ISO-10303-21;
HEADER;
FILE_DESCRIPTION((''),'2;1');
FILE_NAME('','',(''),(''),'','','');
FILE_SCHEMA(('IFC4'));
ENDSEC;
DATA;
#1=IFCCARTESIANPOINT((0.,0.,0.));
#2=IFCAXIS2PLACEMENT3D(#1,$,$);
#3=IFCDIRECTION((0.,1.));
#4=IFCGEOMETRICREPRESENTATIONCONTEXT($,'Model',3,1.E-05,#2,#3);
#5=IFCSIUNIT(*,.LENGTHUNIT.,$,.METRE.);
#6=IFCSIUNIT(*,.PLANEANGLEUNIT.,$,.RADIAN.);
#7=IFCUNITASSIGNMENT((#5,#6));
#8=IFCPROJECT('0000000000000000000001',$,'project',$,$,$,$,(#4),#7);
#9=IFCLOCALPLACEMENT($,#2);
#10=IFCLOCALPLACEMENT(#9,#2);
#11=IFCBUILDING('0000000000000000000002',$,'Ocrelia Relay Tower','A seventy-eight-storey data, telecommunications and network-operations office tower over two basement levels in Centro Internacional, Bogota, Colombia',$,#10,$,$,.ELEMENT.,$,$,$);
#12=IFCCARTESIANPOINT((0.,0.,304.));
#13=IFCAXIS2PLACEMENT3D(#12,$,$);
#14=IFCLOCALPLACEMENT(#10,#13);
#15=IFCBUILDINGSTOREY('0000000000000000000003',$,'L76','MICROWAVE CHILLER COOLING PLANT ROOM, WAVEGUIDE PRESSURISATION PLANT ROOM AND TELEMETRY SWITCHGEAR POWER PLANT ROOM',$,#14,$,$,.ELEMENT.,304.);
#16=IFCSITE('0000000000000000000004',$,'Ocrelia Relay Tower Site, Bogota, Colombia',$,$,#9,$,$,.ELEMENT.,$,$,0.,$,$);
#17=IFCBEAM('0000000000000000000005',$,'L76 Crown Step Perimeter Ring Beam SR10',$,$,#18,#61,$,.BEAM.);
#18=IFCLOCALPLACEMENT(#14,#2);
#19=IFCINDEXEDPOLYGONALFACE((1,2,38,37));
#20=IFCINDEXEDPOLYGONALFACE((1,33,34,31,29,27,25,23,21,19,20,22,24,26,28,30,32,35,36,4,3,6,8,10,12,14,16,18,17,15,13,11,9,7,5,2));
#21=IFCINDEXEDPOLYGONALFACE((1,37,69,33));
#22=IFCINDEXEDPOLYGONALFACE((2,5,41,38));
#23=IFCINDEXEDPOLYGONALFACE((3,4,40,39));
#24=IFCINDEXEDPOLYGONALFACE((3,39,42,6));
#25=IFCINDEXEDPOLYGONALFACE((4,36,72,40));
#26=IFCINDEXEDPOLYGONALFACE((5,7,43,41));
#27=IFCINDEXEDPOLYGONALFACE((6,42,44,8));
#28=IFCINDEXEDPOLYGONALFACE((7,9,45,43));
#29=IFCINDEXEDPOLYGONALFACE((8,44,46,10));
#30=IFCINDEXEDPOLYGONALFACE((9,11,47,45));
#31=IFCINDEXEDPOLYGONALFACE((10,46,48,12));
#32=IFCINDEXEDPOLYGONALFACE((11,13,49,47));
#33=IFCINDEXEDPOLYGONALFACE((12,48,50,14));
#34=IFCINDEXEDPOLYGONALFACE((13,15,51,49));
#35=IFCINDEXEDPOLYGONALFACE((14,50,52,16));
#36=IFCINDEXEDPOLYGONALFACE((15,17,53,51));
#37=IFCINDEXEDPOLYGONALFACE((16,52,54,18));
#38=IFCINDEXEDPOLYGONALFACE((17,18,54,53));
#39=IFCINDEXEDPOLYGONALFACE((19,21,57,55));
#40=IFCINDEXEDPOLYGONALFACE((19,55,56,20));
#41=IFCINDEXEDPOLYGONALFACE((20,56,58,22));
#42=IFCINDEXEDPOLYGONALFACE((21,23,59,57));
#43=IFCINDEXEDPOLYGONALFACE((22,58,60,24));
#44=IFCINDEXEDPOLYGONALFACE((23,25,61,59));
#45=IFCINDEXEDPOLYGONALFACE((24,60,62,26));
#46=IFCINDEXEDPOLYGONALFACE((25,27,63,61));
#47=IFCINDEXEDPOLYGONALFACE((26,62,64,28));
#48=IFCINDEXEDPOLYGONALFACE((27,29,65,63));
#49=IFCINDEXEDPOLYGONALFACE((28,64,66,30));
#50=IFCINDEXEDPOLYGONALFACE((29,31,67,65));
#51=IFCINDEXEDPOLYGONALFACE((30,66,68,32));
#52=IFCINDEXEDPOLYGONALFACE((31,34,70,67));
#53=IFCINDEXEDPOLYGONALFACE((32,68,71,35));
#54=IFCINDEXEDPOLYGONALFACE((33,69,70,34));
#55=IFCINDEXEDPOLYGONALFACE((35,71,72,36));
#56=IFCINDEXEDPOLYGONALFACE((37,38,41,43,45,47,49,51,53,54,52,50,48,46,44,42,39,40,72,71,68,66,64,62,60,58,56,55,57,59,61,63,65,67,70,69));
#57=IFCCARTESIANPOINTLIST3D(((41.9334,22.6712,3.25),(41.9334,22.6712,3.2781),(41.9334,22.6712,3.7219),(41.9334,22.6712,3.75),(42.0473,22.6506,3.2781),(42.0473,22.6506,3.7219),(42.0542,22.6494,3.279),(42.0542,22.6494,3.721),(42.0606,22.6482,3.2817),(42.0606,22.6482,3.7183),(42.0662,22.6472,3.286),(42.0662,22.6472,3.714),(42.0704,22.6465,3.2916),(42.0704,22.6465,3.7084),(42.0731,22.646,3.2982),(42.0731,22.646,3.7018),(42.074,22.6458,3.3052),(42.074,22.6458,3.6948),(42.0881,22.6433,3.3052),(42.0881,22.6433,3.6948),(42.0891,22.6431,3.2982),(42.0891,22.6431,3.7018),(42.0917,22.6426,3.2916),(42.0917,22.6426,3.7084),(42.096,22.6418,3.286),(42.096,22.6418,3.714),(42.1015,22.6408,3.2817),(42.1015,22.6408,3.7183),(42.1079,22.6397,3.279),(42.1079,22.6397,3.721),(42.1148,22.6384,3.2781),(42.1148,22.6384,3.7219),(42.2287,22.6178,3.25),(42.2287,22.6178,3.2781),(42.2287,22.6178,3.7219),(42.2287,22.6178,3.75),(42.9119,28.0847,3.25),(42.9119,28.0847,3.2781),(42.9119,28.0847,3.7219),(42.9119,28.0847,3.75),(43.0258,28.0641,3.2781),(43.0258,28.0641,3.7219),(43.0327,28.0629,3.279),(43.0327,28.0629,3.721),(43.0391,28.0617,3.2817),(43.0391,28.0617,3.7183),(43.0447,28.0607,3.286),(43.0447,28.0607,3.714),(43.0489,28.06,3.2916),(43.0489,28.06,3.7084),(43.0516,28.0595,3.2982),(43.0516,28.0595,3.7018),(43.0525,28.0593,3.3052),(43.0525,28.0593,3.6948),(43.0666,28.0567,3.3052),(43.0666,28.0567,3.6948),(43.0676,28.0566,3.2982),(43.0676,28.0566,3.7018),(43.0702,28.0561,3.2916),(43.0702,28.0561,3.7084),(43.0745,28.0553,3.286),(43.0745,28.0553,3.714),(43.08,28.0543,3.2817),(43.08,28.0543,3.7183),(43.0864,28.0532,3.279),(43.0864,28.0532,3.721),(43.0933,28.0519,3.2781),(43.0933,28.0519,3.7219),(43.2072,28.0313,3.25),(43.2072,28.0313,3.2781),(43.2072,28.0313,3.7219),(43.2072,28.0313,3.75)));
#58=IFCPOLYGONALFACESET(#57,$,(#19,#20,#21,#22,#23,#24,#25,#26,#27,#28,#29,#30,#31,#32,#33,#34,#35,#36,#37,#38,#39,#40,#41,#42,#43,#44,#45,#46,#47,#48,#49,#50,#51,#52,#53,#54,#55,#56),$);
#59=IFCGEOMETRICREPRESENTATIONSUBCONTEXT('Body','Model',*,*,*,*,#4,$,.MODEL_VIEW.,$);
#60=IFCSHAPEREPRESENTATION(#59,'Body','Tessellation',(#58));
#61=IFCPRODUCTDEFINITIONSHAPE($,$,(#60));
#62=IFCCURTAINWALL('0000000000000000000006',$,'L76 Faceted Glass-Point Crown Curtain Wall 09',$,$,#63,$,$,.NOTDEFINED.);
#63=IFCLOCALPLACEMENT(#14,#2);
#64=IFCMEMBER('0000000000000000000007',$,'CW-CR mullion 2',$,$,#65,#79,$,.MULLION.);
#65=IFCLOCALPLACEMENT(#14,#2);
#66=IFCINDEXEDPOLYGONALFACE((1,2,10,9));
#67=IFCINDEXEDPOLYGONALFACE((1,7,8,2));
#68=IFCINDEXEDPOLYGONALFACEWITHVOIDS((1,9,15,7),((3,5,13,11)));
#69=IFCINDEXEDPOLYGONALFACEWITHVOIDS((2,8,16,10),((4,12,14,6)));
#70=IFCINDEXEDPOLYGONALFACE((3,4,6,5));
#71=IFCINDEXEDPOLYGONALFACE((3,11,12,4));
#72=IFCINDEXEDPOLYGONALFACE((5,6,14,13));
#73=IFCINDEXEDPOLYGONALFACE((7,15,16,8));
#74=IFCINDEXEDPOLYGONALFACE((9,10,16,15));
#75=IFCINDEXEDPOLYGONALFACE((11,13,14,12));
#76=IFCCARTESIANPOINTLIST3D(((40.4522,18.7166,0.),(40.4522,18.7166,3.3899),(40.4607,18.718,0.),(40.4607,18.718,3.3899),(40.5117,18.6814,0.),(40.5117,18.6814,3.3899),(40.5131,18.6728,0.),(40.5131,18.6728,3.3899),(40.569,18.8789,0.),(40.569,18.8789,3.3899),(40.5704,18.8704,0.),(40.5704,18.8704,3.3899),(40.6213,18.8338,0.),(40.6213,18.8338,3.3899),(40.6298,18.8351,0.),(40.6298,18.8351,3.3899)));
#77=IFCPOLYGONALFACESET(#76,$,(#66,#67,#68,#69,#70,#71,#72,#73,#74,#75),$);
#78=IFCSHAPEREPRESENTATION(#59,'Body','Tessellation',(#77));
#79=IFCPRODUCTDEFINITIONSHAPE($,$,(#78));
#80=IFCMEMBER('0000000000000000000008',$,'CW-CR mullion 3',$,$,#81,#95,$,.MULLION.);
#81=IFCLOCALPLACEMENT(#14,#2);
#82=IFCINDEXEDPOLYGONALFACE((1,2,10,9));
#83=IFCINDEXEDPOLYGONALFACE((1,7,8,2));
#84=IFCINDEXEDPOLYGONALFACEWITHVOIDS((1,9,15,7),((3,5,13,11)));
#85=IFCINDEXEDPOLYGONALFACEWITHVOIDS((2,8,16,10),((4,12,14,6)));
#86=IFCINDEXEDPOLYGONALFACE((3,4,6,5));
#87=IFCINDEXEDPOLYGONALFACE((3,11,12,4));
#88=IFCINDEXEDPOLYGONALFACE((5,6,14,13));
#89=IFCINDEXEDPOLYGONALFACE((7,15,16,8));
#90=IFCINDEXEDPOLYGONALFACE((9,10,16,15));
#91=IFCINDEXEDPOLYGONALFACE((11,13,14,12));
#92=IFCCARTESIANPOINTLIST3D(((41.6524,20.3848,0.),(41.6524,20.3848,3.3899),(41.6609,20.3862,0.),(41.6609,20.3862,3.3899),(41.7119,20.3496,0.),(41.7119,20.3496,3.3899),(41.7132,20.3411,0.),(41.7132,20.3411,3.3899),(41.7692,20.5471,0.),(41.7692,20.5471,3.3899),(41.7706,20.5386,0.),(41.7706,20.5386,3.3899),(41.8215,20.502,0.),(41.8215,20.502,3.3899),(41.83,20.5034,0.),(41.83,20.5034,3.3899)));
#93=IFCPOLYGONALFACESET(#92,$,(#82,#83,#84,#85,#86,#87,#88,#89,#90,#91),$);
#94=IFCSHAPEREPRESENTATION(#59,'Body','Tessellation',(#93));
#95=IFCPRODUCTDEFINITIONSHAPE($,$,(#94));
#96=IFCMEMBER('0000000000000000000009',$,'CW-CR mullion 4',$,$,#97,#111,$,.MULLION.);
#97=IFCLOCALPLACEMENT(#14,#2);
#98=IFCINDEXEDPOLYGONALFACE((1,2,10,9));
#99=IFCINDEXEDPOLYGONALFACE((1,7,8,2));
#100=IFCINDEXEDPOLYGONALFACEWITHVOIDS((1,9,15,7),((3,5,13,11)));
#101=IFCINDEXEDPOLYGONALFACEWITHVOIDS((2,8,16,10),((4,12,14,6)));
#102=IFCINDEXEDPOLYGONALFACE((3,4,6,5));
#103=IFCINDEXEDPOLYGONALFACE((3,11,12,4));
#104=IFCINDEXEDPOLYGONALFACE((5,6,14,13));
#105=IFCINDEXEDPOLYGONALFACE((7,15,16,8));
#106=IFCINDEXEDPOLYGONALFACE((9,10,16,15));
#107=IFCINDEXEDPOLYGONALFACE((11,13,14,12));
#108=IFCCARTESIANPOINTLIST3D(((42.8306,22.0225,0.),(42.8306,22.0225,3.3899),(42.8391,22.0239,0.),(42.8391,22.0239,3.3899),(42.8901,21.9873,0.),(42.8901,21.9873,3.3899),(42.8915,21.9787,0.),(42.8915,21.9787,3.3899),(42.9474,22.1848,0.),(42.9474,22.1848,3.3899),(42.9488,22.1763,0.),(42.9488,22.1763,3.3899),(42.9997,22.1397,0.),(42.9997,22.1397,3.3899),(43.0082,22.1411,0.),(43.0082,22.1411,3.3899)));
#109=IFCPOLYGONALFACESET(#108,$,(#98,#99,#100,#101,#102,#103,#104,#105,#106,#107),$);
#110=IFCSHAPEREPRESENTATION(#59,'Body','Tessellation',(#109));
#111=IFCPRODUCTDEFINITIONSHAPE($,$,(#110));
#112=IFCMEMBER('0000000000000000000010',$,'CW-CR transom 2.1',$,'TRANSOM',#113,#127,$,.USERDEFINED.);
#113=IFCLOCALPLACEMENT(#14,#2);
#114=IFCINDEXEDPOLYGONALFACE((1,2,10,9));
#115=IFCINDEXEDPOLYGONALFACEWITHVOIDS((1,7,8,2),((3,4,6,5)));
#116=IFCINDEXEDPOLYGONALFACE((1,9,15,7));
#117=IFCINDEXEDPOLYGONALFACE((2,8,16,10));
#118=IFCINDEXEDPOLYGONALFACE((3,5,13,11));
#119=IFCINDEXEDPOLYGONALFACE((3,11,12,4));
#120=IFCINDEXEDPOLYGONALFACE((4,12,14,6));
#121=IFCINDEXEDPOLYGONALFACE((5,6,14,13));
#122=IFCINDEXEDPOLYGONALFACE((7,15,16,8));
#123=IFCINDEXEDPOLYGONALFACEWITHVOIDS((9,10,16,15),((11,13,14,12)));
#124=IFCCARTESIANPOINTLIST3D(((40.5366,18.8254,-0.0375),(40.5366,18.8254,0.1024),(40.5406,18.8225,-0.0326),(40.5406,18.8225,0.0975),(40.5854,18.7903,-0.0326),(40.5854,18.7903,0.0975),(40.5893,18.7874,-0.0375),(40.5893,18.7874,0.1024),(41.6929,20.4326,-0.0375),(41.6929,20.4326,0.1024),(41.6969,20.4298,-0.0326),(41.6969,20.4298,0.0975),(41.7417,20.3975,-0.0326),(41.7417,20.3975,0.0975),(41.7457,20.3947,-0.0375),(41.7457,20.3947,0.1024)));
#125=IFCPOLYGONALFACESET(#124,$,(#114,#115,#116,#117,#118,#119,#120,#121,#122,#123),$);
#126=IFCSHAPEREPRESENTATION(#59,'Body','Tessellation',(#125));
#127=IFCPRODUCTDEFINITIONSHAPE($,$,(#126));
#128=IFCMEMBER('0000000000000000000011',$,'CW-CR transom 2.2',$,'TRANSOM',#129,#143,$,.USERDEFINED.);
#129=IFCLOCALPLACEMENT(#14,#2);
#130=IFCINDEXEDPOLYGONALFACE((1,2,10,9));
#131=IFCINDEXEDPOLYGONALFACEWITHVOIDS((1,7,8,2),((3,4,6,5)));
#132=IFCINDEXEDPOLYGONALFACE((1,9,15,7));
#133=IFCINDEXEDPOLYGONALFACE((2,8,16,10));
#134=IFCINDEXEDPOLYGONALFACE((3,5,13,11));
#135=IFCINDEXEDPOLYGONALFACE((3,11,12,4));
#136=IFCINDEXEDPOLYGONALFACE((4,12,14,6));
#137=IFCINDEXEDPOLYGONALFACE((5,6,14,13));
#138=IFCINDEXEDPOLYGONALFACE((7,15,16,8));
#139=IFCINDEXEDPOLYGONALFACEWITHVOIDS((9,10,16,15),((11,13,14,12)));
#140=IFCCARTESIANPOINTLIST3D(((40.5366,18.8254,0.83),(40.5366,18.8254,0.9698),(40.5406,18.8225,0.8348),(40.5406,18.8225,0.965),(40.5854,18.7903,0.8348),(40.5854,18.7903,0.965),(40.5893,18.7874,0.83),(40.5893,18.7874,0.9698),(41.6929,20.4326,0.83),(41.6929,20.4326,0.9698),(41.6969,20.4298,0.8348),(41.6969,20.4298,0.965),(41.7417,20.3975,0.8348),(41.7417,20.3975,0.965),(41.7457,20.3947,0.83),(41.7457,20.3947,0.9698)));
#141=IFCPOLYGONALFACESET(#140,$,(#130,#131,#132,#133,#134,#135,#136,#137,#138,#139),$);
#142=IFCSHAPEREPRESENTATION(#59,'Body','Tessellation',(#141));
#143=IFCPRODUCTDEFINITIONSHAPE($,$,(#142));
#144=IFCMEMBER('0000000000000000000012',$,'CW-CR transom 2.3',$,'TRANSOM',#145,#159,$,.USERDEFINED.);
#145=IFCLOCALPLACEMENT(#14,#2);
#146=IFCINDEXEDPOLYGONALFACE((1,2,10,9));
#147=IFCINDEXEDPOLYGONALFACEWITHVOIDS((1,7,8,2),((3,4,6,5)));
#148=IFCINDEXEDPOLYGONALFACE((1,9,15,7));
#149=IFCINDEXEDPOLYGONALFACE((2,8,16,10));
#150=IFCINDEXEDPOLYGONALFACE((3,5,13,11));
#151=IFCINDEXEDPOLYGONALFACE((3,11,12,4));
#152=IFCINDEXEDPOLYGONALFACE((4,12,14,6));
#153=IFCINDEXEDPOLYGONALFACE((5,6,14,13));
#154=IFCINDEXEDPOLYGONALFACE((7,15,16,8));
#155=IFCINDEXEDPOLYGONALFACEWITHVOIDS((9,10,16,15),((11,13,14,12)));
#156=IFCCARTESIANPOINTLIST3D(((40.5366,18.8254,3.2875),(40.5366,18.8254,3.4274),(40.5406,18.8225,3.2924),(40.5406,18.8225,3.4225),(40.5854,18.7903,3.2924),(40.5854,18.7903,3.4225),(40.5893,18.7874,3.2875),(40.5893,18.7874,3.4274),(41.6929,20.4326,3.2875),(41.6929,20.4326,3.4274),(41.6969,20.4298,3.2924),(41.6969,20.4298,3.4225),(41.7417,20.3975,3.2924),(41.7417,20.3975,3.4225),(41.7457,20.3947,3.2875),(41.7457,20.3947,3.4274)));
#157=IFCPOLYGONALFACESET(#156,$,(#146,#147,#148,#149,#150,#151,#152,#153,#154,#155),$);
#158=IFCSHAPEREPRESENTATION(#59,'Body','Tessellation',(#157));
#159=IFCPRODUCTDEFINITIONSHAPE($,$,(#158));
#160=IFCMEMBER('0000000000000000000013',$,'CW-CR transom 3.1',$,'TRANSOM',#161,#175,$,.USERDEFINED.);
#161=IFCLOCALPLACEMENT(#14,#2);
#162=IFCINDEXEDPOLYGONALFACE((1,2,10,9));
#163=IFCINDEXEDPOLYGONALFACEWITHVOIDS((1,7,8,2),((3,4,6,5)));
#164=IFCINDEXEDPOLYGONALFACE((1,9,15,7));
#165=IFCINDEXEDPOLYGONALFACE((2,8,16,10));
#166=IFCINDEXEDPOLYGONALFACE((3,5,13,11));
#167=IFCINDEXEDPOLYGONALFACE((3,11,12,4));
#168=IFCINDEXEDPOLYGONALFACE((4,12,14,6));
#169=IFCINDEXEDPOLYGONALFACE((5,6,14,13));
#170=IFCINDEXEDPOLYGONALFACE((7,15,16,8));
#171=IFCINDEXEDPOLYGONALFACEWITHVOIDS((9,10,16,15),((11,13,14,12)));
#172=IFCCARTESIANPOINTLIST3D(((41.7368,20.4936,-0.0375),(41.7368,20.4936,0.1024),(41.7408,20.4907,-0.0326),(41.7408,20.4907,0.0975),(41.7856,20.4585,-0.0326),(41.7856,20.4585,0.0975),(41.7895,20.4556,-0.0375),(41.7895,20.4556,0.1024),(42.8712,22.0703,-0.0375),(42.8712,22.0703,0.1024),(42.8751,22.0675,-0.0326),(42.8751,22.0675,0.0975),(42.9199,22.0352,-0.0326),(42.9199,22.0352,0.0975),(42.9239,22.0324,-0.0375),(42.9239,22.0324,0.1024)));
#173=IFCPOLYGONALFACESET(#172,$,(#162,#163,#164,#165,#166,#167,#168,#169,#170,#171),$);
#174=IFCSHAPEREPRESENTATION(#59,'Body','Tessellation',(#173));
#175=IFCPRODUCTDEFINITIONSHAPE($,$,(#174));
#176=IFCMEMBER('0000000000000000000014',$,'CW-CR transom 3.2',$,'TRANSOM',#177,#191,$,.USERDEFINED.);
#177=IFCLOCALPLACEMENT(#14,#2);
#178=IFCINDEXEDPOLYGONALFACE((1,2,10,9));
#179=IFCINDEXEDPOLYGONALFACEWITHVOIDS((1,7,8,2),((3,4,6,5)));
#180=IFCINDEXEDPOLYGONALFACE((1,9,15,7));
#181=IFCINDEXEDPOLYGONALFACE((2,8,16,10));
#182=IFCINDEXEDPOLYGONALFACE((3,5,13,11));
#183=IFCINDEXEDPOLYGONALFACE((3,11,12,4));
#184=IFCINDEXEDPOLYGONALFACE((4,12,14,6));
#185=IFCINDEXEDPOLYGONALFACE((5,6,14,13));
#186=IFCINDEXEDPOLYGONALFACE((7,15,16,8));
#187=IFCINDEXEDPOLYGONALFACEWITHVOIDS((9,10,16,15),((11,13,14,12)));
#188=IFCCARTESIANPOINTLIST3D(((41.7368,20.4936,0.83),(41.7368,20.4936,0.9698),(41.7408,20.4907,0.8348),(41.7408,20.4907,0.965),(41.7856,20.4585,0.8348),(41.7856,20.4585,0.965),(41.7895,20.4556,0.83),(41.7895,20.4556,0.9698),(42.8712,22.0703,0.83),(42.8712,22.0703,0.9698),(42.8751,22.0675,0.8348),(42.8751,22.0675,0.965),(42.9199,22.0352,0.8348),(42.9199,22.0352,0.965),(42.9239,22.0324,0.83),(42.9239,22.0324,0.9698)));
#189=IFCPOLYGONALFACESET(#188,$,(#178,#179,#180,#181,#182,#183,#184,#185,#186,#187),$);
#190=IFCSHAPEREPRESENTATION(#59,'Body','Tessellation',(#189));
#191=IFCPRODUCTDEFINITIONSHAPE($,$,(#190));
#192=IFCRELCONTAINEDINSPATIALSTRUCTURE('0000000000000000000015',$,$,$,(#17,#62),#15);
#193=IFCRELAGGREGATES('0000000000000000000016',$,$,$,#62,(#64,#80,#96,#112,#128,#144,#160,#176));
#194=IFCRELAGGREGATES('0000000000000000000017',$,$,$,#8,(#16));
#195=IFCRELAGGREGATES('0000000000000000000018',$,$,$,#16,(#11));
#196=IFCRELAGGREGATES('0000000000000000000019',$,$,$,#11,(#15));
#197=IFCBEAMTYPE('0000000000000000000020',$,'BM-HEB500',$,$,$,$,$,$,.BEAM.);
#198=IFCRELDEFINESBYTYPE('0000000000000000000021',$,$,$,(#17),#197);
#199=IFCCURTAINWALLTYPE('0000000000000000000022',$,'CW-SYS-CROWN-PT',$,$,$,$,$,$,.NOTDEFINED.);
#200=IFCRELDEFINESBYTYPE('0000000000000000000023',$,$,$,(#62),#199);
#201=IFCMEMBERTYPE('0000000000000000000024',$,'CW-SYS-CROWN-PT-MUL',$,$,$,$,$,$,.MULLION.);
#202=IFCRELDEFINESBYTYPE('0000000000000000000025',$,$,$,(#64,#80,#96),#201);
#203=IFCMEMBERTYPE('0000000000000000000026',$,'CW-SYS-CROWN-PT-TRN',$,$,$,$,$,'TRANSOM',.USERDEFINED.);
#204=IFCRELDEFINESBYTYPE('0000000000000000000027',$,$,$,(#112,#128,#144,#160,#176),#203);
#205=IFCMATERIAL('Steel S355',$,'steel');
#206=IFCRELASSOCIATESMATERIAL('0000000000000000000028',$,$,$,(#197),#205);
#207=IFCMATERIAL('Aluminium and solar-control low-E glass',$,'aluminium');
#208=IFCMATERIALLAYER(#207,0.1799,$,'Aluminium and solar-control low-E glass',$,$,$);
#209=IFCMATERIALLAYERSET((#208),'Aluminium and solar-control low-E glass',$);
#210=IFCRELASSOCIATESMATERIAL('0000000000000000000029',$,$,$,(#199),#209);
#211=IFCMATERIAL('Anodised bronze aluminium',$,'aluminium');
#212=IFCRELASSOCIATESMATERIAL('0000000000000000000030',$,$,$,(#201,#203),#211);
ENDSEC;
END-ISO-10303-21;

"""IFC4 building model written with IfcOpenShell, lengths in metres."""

from ifc_helpers import new_model, si_unit, direction, frame, origin, origin_2d, place, context, subcontext, project, spatial, hollow_rectangle, i_section, extrude, material, layer, layer_set, material_profile, profile_set, type_object, element, aggregate, save


model = new_model("IFC4")

# Units and contexts
model_context = context("Model", 3, precision=1e-05, world=origin(), true_north=direction((0.0, 1.0)))
body_context = subcontext(model_context, "Body", "Model", "MODEL_VIEW")
ifc_project = project(units=[si_unit("LENGTHUNIT", "METRE"), si_unit("PLANEANGLEUNIT", "RADIAN")], contexts=[model_context])

# Site, building, storey
site_placement = place(None, origin())
site = spatial("IfcSite", under=ifc_project, at=site_placement, Name="Ocrelia Relay Tower Site, Bogota, Colombia", CompositionType="ELEMENT", RefElevation=0.0)
building_placement = place(site_placement, origin())
building = spatial("IfcBuilding", under=site, at=building_placement, Name="Ocrelia Relay Tower", Description="A seventy-eight-storey data, telecommunications and network-operations office tower over two basement levels in Centro Internacional, Bogota, Colombia", CompositionType="ELEMENT")
storey_placement = place(building_placement, frame((0.0, 0.0, 304.0)))
storey = spatial("IfcBuildingStorey", under=building, at=storey_placement, Name="L76", Description="MICROWAVE CHILLER COOLING PLANT ROOM, WAVEGUIDE PRESSURISATION PLANT ROOM AND TELEMETRY SWITCHGEAR POWER PLANT ROOM", CompositionType="ELEMENT", Elevation=304.0)

# Beam
ifc_material_1 = material(Name="Steel S355", Category="steel")
ifc_material_profile_1 = material_profile(ifc_material_1, i_section(OverallWidth=0.3, OverallDepth=0.5, WebThickness=0.0144, FlangeThickness=0.0281, FilletRadius=0.0271, at=origin_2d()), Name="HEB 500")
ifc_profile_set_1 = profile_set([ifc_material_profile_1], Name="Steel S355")
beam_type_1 = type_object("IfcBeamType", Name="BM-HEB500", PredefinedType="BEAM", material=ifc_profile_set_1)
beam_1_placement = place(storey_placement, frame((42.0811, 22.6445, 3.5), z_axis=(0.17787, 0.984054, 0.0), x_axis=(-0.984054, 0.17787, 0.0)))
element("IfcBeam", 1, at=beam_1_placement, inside=storey, type_object=beam_type_1, Name="L76 Crown Step Perimeter Ring Beam SR10", PredefinedType="BEAM", context=body_context, shape_type="SweptSolid", body=[
    extrude(i_section(OverallWidth=0.3, OverallDepth=0.5, WebThickness=0.0144, FlangeThickness=0.0281, FilletRadius=0.0271, at=origin_2d()), origin(), (0.0, 0.0, 1.0), 5.5012),
])

# Curtain wall, members
ifc_material_2 = material(Name="Aluminium and solar-control low-E glass", Category="aluminium")
ifc_layer_1 = layer(ifc_material_2, 0.1799, Name="Aluminium and solar-control low-E glass")
ifc_layer_set_1 = layer_set([ifc_layer_1], Name="Aluminium and solar-control low-E glass")
curtain_wall_type = type_object("IfcCurtainWallType", Name="CW-SYS-CROWN-PT", PredefinedType="NOTDEFINED", material=ifc_layer_set_1)
curtain_wall_placement = place(storey_placement, origin())
curtain_wall = element("IfcCurtainWall", 2, at=curtain_wall_placement, inside=storey, type_object=curtain_wall_type, Name="L76 Faceted Glass-Point Crown Curtain Wall 09", PredefinedType="NOTDEFINED")
ifc_material_3 = material(Name="Anodised bronze aluminium", Category="aluminium")
ifc_material_profile_2 = material_profile(ifc_material_3, hollow_rectangle(XDim=0.075, YDim=0.2, WallThickness=0.0061, at=origin_2d()), Name="CW-MUL-200x75")
ifc_profile_set_2 = profile_set([ifc_material_profile_2], Name="Anodised bronze aluminium")
member_type_1 = type_object("IfcMemberType", Name="CW-SYS-CROWN-PT-MUL", PredefinedType="MULLION", material=ifc_profile_set_2)
member_1_placement = place(storey_placement, frame((40.541, 18.7759, 0.0), z_axis=(0.0, 0.0, 1.0), x_axis=(-0.811755, 0.583998, 0.0)))
member_1 = element("IfcMember", 3, at=member_1_placement, type_object=member_type_1, Name="CW-CR mullion 2", PredefinedType="MULLION", context=body_context, shape_type="SweptSolid", body=[
    extrude(hollow_rectangle(XDim=0.075, YDim=0.2, WallThickness=0.0061, at=origin_2d()), origin(), (0.0, 0.0, 1.0), 3.3899),
])
member_2_placement = place(storey_placement, frame((41.7412, 20.4441, 0.0), z_axis=(0.0, 0.0, 1.0), x_axis=(-0.811755, 0.583998, 0.0)))
member_2 = element("IfcMember", 4, at=member_2_placement, type_object=member_type_1, Name="CW-CR mullion 3", PredefinedType="MULLION", context=body_context, shape_type="SweptSolid", body=[
    extrude(hollow_rectangle(XDim=0.075, YDim=0.2, WallThickness=0.0061, at=origin_2d()), origin(), (0.0, 0.0, 1.0), 3.3899),
])
member_3_placement = place(storey_placement, frame((42.9194, 22.0818, 0.0), z_axis=(0.0, 0.0, 1.0), x_axis=(-0.811755, 0.583998, 0.0)))
member_3 = element("IfcMember", 5, at=member_3_placement, type_object=member_type_1, Name="CW-CR mullion 4", PredefinedType="MULLION", context=body_context, shape_type="SweptSolid", body=[
    extrude(hollow_rectangle(XDim=0.075, YDim=0.2, WallThickness=0.0061, at=origin_2d()), origin(), (0.0, 0.0, 1.0), 3.3899),
])
ifc_material_profile_3 = material_profile(ifc_material_3, hollow_rectangle(XDim=0.0649, YDim=0.1399, WallThickness=0.0049, at=origin_2d()), Name="CW-TRN-140x65")
ifc_profile_set_3 = profile_set([ifc_material_profile_3], Name="Anodised bronze aluminium")
member_type_2 = type_object("IfcMemberType", Name="CW-SYS-CROWN-PT-TRN", ElementType="TRANSOM", PredefinedType="USERDEFINED", material=ifc_profile_set_3)
member_4_placement = place(storey_placement, frame((40.563, 18.8064, 0.0325), z_axis=(0.583999, 0.811754, 0.0), x_axis=(-0.811754, 0.583999, 0.0)))
member_4 = element("IfcMember", 6, at=member_4_placement, type_object=member_type_2, Name="CW-CR transom 2.1", ObjectType="TRANSOM", PredefinedType="USERDEFINED", context=body_context, shape_type="SweptSolid", body=[
    extrude(hollow_rectangle(XDim=0.0649, YDim=0.1399, WallThickness=0.0049, at=origin_2d()), origin(), (0.0, 0.0, 1.0), 1.98),
])
member_5_placement = place(storey_placement, frame((40.563, 18.8064, 0.8999), z_axis=(0.583999, 0.811754, 0.0), x_axis=(-0.811754, 0.583999, 0.0)))
member_5 = element("IfcMember", 7, at=member_5_placement, type_object=member_type_2, Name="CW-CR transom 2.2", ObjectType="TRANSOM", PredefinedType="USERDEFINED", context=body_context, shape_type="SweptSolid", body=[
    extrude(hollow_rectangle(XDim=0.0649, YDim=0.1399, WallThickness=0.0049, at=origin_2d()), origin(), (0.0, 0.0, 1.0), 1.98),
])
member_6_placement = place(storey_placement, frame((40.563, 18.8064, 3.3574), z_axis=(0.583999, 0.811754, 0.0), x_axis=(-0.811754, 0.583999, 0.0)))
member_6 = element("IfcMember", 8, at=member_6_placement, type_object=member_type_2, Name="CW-CR transom 2.3", ObjectType="TRANSOM", PredefinedType="USERDEFINED", context=body_context, shape_type="SweptSolid", body=[
    extrude(hollow_rectangle(XDim=0.0649, YDim=0.1399, WallThickness=0.0049, at=origin_2d()), origin(), (0.0, 0.0, 1.0), 1.98),
])
member_7_placement = place(storey_placement, frame((41.7632, 20.4746, 0.0325), z_axis=(0.583993, 0.811758, 0.0), x_axis=(-0.811758, 0.583993, 0.0)))
member_7 = element("IfcMember", 9, at=member_7_placement, type_object=member_type_2, Name="CW-CR transom 3.1", ObjectType="TRANSOM", PredefinedType="USERDEFINED", context=body_context, shape_type="SweptSolid", body=[
    extrude(hollow_rectangle(XDim=0.0649, YDim=0.1399, WallThickness=0.0049, at=origin_2d()), origin(), (0.0, 0.0, 1.0), 1.9424),
])
member_8_placement = place(storey_placement, frame((41.7632, 20.4746, 0.8999), z_axis=(0.583993, 0.811758, 0.0), x_axis=(-0.811758, 0.583993, 0.0)))
member_8 = element("IfcMember", 10, at=member_8_placement, type_object=member_type_2, Name="CW-CR transom 3.2", ObjectType="TRANSOM", PredefinedType="USERDEFINED", context=body_context, shape_type="SweptSolid", body=[
    extrude(hollow_rectangle(XDim=0.0649, YDim=0.1399, WallThickness=0.0049, at=origin_2d()), origin(), (0.0, 0.0, 1.0), 1.9424),
])

aggregate(curtain_wall, [member_1, member_2, member_3, member_4, member_5, member_6, member_7, member_8])

save(model, "model.ifc")
